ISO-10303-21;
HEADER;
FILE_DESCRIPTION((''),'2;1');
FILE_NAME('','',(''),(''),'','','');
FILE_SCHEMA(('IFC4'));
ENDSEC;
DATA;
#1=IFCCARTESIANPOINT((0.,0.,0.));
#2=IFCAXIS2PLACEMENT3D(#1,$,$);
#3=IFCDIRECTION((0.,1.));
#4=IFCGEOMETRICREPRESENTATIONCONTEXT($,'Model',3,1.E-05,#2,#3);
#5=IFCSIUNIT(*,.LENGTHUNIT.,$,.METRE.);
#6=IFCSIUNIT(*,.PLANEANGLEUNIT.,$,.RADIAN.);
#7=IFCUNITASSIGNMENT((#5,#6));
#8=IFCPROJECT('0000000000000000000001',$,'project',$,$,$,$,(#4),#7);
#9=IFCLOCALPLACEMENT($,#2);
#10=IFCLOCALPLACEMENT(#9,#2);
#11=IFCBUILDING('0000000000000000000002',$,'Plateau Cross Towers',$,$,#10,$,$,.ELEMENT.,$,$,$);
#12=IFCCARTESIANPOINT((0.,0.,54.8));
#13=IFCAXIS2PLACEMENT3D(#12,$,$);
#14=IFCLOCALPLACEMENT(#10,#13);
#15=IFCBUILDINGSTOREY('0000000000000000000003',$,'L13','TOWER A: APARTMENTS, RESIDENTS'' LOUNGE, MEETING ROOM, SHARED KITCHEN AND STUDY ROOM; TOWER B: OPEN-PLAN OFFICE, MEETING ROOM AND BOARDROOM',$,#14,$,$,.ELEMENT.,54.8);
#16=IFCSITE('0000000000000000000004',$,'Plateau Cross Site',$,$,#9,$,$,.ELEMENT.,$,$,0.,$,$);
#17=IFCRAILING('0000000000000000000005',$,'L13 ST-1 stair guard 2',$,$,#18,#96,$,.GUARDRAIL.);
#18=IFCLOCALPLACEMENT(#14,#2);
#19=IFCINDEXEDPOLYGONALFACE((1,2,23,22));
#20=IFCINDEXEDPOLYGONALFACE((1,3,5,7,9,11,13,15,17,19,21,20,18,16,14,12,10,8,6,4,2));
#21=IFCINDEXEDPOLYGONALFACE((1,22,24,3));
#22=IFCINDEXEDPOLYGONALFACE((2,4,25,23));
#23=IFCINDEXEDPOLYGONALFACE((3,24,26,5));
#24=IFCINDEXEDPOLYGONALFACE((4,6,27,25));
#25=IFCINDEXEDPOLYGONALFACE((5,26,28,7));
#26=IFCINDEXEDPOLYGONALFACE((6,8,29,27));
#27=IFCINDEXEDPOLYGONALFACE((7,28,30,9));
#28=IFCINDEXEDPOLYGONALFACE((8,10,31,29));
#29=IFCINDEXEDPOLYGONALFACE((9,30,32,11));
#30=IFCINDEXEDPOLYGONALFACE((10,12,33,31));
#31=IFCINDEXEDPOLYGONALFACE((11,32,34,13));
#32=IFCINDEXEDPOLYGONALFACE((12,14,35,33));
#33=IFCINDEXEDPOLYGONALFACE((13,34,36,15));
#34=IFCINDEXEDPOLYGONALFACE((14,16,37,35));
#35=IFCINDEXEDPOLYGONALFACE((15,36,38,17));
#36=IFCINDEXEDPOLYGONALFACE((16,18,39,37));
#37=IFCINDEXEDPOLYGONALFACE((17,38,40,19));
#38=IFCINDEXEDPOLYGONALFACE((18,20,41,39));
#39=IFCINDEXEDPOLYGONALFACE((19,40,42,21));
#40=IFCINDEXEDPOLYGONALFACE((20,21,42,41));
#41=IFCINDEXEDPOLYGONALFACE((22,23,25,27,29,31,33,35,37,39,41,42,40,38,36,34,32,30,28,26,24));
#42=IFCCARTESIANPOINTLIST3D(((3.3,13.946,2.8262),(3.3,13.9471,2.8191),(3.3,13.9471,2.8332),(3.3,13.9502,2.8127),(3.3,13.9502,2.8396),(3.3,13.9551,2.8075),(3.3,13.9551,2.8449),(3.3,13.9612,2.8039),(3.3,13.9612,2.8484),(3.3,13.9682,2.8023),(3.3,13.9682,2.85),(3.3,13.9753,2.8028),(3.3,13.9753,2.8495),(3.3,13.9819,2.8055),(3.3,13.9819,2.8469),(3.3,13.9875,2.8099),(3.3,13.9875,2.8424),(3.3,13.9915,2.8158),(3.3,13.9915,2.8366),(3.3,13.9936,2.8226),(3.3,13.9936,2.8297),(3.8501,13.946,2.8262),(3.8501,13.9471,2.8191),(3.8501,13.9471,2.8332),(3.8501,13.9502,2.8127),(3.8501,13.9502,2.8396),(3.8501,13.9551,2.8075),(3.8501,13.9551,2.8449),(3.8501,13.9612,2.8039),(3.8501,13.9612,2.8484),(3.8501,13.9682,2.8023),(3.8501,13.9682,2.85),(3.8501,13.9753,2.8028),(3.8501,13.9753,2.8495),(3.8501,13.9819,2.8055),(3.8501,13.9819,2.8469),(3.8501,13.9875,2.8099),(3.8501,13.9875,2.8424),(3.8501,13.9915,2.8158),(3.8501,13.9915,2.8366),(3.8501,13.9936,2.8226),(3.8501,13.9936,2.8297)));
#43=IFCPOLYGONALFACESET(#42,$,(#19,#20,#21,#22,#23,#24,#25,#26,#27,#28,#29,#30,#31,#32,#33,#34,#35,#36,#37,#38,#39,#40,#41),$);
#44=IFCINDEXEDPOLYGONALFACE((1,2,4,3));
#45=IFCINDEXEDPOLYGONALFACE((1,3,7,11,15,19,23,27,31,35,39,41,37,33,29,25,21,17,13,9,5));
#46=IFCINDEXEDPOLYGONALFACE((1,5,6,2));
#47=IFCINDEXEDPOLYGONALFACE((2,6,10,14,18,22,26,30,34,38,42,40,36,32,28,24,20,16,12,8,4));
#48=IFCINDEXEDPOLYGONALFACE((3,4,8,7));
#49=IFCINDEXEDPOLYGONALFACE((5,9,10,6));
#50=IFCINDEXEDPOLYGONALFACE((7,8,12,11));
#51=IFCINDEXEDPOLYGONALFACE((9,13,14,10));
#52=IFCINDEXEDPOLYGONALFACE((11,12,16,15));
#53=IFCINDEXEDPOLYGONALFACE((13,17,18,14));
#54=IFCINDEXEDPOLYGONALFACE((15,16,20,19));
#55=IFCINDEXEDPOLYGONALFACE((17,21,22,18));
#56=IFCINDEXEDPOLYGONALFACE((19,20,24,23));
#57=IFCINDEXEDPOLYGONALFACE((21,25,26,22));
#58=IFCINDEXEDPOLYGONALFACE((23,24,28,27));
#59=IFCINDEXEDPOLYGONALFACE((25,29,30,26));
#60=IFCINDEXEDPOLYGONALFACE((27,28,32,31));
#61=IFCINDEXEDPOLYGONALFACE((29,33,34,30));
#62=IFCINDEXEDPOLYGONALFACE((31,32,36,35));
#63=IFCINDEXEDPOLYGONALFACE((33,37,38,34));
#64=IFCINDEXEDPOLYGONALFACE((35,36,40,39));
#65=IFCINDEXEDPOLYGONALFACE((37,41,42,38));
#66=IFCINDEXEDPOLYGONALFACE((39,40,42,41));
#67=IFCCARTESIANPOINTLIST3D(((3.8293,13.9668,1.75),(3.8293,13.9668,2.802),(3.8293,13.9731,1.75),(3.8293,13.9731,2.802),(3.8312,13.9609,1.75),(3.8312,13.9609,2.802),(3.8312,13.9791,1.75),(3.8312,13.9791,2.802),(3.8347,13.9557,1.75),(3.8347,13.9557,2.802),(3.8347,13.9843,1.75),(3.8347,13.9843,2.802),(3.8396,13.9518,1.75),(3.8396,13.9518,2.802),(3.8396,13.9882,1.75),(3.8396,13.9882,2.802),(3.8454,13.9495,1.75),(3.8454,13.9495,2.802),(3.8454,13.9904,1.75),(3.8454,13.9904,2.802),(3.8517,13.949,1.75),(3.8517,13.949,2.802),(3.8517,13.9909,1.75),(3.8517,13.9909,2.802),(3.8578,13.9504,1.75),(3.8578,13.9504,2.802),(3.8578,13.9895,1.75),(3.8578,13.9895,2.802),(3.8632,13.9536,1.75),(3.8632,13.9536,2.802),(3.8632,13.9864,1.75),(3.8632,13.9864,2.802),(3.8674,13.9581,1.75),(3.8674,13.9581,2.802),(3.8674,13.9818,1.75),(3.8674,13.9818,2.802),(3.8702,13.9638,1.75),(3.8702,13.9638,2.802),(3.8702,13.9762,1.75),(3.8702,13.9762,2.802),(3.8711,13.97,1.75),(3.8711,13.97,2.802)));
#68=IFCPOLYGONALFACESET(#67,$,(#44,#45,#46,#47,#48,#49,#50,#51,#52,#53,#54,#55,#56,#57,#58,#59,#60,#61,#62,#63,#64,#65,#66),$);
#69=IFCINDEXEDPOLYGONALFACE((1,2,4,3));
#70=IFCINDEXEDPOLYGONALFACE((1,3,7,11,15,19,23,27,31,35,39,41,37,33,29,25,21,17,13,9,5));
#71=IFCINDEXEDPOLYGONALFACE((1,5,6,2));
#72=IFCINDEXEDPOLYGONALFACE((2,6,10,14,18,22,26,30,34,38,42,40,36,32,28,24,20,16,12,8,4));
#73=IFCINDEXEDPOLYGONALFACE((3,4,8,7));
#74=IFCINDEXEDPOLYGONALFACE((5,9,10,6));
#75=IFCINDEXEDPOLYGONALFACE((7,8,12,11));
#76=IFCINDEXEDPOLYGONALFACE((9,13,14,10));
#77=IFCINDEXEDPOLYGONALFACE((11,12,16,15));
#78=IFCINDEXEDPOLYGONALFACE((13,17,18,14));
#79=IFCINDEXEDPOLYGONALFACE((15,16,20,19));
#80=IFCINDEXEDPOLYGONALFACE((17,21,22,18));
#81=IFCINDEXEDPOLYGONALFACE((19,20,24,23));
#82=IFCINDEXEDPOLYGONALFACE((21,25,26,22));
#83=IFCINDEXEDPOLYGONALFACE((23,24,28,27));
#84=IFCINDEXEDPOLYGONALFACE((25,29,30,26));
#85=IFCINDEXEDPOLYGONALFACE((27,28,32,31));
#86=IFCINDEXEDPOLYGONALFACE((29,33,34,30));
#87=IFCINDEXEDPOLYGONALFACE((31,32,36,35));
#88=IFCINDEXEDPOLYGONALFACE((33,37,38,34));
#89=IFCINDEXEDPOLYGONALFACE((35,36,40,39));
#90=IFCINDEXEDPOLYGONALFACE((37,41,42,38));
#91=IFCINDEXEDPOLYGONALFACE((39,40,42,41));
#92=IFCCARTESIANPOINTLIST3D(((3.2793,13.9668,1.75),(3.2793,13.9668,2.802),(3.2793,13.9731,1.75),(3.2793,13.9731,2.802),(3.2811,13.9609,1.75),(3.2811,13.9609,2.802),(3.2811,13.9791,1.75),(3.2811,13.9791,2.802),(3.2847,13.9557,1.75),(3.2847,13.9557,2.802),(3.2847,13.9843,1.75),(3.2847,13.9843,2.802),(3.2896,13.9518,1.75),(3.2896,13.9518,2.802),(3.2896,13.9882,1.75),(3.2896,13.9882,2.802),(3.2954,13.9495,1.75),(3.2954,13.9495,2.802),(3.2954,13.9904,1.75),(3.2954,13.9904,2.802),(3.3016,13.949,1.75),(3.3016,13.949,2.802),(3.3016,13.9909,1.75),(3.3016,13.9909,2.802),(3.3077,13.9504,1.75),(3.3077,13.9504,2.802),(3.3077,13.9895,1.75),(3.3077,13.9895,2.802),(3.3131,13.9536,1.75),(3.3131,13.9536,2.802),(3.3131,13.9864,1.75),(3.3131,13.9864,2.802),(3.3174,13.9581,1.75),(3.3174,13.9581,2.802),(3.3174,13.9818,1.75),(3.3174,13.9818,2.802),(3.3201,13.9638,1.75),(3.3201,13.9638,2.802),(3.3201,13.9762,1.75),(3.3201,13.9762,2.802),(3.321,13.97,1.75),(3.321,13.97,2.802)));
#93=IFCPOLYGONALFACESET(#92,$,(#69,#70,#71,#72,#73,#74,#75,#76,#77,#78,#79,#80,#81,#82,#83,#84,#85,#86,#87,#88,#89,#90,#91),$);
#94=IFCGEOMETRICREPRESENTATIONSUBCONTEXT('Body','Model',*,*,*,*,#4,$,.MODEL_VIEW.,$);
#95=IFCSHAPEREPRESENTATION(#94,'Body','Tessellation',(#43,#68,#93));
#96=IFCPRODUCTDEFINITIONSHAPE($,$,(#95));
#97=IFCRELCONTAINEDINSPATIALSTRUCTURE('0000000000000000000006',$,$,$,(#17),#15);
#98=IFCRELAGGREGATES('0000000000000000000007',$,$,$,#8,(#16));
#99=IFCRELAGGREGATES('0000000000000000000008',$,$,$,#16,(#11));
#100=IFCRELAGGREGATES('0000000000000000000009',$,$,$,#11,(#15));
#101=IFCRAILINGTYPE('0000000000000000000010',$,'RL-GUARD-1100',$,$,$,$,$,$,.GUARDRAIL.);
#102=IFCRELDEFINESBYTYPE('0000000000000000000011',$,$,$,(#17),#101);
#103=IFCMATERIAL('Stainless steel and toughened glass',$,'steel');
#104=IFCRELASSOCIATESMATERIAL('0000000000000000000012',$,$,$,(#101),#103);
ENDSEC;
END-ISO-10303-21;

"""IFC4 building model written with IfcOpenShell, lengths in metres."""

from ifc_helpers import new_model, si_unit, direction, frame, origin, origin_2d, place, context, subcontext, project, spatial, circle, extrude, material, type_object, element, save


model = new_model("IFC4")

# Units and contexts
model_context = context("Model", 3, precision=1e-05, world=origin(), true_north=direction((0.0, 1.0)))
body_context = subcontext(model_context, "Body", "Model", "MODEL_VIEW")
ifc_project = project(units=[si_unit("LENGTHUNIT", "METRE"), si_unit("PLANEANGLEUNIT", "RADIAN")], contexts=[model_context])

# Site, building, storey
site_placement = place(None, origin())
site = spatial("IfcSite", under=ifc_project, at=site_placement, Name="Plateau Cross Site", CompositionType="ELEMENT", RefElevation=0.0)
building_placement = place(site_placement, origin())
building = spatial("IfcBuilding", under=site, at=building_placement, Name="Plateau Cross Towers", CompositionType="ELEMENT")
storey_placement = place(building_placement, frame((0.0, 0.0, 54.8)))
storey = spatial("IfcBuildingStorey", under=building, at=storey_placement, Name="L13", Description="TOWER A: APARTMENTS, RESIDENTS' LOUNGE, MEETING ROOM, SHARED KITCHEN AND STUDY ROOM; TOWER B: OPEN-PLAN OFFICE, MEETING ROOM AND BOARDROOM", CompositionType="ELEMENT", Elevation=54.8)

# Railing
ifc_material_1 = material(Name="Stainless steel and toughened glass", Category="steel")
railing_type_1 = type_object("IfcRailingType", Name="RL-GUARD-1100", PredefinedType="GUARDRAIL", material=ifc_material_1)
railing_1_placement = place(storey_placement, frame((3.8501, 13.97, 1.75)))
element("IfcRailing", 1, at=railing_1_placement, inside=storey, type_object=railing_type_1, Name="L13 ST-1 stair guard 2", PredefinedType="GUARDRAIL", context=body_context, shape_type="SweptSolid", body=[
    extrude(circle(Radius=0.0239, at=origin_2d()), frame((0.0, 0.0, 1.0762), z_axis=(-1.0, 0.0, 0.0), x_axis=(0.0, -1.0, 0.0)), (0.0, 0.0, 1.0), 0.55),
    extrude(circle(Radius=0.021, at=origin_2d()), origin(), (0.0, 0.0, 1.0), 1.052),
    extrude(circle(Radius=0.021, at=origin_2d()), frame((-0.55, 0.0, 0.0)), (0.0, 0.0, 1.0), 1.052),
])

save(model, "model.ifc")
